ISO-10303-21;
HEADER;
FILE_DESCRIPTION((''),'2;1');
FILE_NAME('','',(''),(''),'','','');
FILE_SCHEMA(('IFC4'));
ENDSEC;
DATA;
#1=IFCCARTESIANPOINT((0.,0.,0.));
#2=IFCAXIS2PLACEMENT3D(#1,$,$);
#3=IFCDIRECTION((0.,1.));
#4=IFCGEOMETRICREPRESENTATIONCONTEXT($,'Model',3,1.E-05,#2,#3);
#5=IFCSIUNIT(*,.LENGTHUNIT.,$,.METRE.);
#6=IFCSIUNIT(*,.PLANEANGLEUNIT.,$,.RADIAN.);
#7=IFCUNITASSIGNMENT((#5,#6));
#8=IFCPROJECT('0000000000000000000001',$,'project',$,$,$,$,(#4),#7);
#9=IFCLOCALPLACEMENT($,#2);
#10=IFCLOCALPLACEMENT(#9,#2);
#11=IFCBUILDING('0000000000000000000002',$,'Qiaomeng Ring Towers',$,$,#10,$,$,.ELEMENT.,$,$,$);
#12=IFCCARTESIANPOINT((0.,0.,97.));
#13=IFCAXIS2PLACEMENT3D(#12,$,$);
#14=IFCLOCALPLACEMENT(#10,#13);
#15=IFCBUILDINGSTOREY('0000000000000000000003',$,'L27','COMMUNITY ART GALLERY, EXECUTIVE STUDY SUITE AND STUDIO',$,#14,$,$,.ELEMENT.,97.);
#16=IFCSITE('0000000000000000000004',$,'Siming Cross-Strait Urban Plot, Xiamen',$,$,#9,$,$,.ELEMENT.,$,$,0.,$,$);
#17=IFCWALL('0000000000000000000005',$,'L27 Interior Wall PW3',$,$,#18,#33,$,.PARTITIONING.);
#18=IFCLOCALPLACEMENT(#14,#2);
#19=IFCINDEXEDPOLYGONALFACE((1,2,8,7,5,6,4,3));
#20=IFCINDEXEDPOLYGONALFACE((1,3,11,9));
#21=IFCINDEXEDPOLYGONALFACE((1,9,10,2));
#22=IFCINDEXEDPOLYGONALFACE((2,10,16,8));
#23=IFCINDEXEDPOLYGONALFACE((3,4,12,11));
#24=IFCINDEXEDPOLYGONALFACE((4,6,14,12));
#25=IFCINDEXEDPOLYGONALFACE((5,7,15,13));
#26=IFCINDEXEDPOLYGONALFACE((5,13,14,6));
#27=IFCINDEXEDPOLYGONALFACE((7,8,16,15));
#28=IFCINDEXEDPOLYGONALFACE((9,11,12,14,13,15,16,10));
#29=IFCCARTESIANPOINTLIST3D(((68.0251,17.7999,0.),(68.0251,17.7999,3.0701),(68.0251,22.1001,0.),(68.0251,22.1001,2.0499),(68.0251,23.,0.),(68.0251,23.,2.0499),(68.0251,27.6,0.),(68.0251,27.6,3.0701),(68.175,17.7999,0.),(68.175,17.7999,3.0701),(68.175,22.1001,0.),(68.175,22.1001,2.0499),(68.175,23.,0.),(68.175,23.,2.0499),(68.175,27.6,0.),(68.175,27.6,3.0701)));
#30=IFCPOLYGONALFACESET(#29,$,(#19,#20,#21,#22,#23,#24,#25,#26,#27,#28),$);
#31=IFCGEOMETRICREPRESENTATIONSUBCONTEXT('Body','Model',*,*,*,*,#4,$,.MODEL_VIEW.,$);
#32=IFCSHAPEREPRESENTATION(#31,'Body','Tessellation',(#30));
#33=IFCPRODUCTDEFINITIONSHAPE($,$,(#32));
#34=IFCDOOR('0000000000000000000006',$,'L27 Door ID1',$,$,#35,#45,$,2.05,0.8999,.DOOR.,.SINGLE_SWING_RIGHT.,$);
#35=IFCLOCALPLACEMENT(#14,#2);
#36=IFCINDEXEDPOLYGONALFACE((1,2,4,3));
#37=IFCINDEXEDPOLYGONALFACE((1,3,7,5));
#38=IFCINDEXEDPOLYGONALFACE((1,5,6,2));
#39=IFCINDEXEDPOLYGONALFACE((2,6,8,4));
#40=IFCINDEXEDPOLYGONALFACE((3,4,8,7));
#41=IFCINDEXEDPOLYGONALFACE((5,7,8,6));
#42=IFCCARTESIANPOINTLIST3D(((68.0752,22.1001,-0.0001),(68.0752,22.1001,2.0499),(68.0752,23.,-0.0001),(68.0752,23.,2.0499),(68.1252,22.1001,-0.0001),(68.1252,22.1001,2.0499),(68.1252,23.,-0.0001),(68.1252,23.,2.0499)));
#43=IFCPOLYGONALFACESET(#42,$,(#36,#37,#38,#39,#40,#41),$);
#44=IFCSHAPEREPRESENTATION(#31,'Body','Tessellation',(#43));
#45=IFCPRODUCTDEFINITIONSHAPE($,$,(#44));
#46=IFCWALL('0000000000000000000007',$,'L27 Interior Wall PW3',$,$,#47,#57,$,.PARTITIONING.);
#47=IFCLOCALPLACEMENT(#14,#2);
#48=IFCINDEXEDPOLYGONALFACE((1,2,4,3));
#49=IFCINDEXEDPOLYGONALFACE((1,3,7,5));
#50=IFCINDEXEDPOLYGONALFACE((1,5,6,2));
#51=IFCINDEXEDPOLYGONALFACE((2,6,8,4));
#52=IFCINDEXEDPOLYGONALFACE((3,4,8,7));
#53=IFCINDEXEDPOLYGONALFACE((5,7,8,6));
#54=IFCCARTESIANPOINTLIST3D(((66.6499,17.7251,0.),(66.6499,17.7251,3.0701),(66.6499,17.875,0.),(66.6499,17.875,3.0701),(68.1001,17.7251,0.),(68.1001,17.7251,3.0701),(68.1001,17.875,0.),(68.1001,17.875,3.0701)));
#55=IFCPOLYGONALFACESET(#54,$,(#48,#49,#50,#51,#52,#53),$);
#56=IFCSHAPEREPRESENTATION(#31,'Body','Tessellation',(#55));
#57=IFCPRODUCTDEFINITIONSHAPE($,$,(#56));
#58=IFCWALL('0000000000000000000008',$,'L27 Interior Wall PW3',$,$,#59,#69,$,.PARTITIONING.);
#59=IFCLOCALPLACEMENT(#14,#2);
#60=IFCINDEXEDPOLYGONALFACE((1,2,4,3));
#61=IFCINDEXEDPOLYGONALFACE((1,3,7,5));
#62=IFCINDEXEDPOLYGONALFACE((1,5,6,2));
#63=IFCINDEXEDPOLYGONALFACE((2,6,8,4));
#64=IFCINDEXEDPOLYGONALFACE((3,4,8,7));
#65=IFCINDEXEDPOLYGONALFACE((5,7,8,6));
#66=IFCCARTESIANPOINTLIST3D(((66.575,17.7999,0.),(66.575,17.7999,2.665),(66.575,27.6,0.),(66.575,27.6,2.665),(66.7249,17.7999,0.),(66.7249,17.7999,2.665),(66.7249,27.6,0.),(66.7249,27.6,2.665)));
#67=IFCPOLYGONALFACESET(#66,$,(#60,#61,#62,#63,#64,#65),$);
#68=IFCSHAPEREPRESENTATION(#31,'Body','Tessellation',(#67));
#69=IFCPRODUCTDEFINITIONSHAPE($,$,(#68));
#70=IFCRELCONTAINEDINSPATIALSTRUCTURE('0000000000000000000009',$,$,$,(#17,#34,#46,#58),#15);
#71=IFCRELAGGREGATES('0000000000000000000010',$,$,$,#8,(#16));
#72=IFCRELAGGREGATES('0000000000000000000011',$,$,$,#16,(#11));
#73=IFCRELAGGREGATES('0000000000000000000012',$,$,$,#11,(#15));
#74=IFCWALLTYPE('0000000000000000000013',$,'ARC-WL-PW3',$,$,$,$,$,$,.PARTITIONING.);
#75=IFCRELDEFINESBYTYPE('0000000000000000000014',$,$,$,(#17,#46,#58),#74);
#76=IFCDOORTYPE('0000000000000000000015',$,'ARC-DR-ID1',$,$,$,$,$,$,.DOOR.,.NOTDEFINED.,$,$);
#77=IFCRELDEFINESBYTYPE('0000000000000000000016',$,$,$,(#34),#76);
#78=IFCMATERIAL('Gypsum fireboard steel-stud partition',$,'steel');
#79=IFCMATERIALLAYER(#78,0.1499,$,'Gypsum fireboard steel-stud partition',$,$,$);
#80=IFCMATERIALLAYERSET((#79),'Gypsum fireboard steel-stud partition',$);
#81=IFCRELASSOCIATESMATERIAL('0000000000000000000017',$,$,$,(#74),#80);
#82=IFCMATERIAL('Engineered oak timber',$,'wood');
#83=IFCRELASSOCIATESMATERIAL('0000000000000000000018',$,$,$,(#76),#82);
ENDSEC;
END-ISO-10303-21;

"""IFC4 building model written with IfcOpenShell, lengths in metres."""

from ifc_helpers import new_model, si_unit, direction, frame, frame_2d, origin, place, context, subcontext, project, spatial, rectangle, extrude, source, transform, mapped, material, layer, layer_set, type_object, element, fill, save


model = new_model("IFC4")

# Units and contexts
model_context = context("Model", 3, precision=1e-05, world=origin(), true_north=direction((0.0, 1.0)))
body_context = subcontext(model_context, "Body", "Model", "MODEL_VIEW")
ifc_project = project(units=[si_unit("LENGTHUNIT", "METRE"), si_unit("PLANEANGLEUNIT", "RADIAN")], contexts=[model_context])

# Site, building, storey
site_placement = place(None, origin())
site = spatial("IfcSite", under=ifc_project, at=site_placement, Name="Siming Cross-Strait Urban Plot, Xiamen", CompositionType="ELEMENT", RefElevation=0.0)
building_placement = place(site_placement, origin())
building = spatial("IfcBuilding", under=site, at=building_placement, Name="Qiaomeng Ring Towers", CompositionType="ELEMENT")
storey_placement = place(building_placement, frame((0.0, 0.0, 97.0)))
storey = spatial("IfcBuildingStorey", under=building, at=storey_placement, Name="L27", Description="COMMUNITY ART GALLERY, EXECUTIVE STUDY SUITE AND STUDIO", CompositionType="ELEMENT", Elevation=97.0)

# Shared definitions
ifc_material_1 = material(Name="Gypsum fireboard steel-stud partition", Category="steel")
ifc_layer_1 = layer(ifc_material_1, 0.1499, Name="Gypsum fireboard steel-stud partition")
ifc_layer_set_1 = layer_set([ifc_layer_1], Name="Gypsum fireboard steel-stud partition")
wall_type_1 = type_object("IfcWallType", Name="ARC-WL-PW3", PredefinedType="PARTITIONING", material=ifc_layer_set_1)

# Wall, opening, door
wall_1_placement = place(storey_placement, frame((68.1001, 17.8, 0.0), z_axis=(0.0, 0.0, 1.0), x_axis=(0.0, 1.0, 0.0)))
wall_1 = element("IfcWall", 1, at=wall_1_placement, inside=storey, type_object=wall_type_1, Name="L27 Interior Wall PW3", PredefinedType="PARTITIONING", context=body_context, shape_type="SweptSolid", body=[
    extrude(rectangle(XDim=9.8, YDim=0.1499, at=frame_2d((4.8999, 0.0))), origin(), (0.0, 0.0, 1.0), 3.0701),
])
opening_1_placement = place(wall_1_placement, frame((4.3, 0.0, 0.0)))
opening_1 = element("IfcOpeningElement", 2, at=opening_1_placement, cuts=wall_1, PredefinedType="OPENING", context=body_context, shape_type="SweptSolid", body=[
    extrude(rectangle(XDim=0.8999, YDim=2.05, at=frame_2d((0.45, 1.0249))), frame((0.0, 0.085, 0.0), z_axis=(0.0, -1.0, 0.0), x_axis=(1.0, 0.0, 0.0)), (0.0, 0.0, 1.0), 0.1699),
])
ifc_material_2 = material(Name="Engineered oak timber", Category="wood")
door_type_1 = type_object("IfcDoorType", Name="ARC-DR-ID1", OperationType="NOTDEFINED", PredefinedType="DOOR", material=ifc_material_2)
shared_shape_1 = source(origin(), body_context, "Body", "SweptSolid", [
    extrude(rectangle(XDim=0.8999, YDim=2.05, at=frame_2d((0.45, 1.0249))), frame((0.0, 0.0249, 0.0), z_axis=(0.0, -1.0, 0.0), x_axis=(1.0, 0.0, 0.0)), (0.0, 0.0, 1.0), 0.05),
])
door_1_placement = place(opening_1_placement, origin())
door_1 = element("IfcDoor", 3, at=door_1_placement, inside=storey, type_object=door_type_1, Name="L27 Door ID1", OperationType="SINGLE_SWING_RIGHT", OverallHeight=2.05, OverallWidth=0.8999, PredefinedType="DOOR", context=body_context, shape_type="MappedRepresentation", body=[
    mapped(shared_shape_1, transform((0.0, 0.0, 0.0), x_axis=(1.0, 0.0, 0.0), y_axis=(0.0, 1.0, 0.0), z_axis=(0.0, 0.0, 1.0), scale=1.0)),
])
fill(opening_1, door_1)

# Walls
wall_2_placement = place(storey_placement, frame((66.6499, 17.8, 0.0), z_axis=(0.0, 0.0, 1.0), x_axis=(1.0, 0.0, 0.0)))
element("IfcWall", 4, at=wall_2_placement, inside=storey, type_object=wall_type_1, Name="L27 Interior Wall PW3", PredefinedType="PARTITIONING", context=body_context, shape_type="SweptSolid", body=[
    extrude(rectangle(XDim=1.4502, YDim=0.1499, at=frame_2d((0.7251, 0.0))), origin(), (0.0, 0.0, 1.0), 3.0701),
])
wall_3_placement = place(storey_placement, frame((66.6499, 17.8, 0.0), z_axis=(0.0, 0.0, 1.0), x_axis=(0.0, 1.0, 0.0)))
element("IfcWall", 5, at=wall_3_placement, inside=storey, type_object=wall_type_1, Name="L27 Interior Wall PW3", PredefinedType="PARTITIONING", context=body_context, shape_type="SweptSolid", body=[
    extrude(rectangle(XDim=9.8, YDim=0.1499, at=frame_2d((4.8999, 0.0))), origin(), (0.0, 0.0, 1.0), 2.665),
])

save(model, "model.ifc")
